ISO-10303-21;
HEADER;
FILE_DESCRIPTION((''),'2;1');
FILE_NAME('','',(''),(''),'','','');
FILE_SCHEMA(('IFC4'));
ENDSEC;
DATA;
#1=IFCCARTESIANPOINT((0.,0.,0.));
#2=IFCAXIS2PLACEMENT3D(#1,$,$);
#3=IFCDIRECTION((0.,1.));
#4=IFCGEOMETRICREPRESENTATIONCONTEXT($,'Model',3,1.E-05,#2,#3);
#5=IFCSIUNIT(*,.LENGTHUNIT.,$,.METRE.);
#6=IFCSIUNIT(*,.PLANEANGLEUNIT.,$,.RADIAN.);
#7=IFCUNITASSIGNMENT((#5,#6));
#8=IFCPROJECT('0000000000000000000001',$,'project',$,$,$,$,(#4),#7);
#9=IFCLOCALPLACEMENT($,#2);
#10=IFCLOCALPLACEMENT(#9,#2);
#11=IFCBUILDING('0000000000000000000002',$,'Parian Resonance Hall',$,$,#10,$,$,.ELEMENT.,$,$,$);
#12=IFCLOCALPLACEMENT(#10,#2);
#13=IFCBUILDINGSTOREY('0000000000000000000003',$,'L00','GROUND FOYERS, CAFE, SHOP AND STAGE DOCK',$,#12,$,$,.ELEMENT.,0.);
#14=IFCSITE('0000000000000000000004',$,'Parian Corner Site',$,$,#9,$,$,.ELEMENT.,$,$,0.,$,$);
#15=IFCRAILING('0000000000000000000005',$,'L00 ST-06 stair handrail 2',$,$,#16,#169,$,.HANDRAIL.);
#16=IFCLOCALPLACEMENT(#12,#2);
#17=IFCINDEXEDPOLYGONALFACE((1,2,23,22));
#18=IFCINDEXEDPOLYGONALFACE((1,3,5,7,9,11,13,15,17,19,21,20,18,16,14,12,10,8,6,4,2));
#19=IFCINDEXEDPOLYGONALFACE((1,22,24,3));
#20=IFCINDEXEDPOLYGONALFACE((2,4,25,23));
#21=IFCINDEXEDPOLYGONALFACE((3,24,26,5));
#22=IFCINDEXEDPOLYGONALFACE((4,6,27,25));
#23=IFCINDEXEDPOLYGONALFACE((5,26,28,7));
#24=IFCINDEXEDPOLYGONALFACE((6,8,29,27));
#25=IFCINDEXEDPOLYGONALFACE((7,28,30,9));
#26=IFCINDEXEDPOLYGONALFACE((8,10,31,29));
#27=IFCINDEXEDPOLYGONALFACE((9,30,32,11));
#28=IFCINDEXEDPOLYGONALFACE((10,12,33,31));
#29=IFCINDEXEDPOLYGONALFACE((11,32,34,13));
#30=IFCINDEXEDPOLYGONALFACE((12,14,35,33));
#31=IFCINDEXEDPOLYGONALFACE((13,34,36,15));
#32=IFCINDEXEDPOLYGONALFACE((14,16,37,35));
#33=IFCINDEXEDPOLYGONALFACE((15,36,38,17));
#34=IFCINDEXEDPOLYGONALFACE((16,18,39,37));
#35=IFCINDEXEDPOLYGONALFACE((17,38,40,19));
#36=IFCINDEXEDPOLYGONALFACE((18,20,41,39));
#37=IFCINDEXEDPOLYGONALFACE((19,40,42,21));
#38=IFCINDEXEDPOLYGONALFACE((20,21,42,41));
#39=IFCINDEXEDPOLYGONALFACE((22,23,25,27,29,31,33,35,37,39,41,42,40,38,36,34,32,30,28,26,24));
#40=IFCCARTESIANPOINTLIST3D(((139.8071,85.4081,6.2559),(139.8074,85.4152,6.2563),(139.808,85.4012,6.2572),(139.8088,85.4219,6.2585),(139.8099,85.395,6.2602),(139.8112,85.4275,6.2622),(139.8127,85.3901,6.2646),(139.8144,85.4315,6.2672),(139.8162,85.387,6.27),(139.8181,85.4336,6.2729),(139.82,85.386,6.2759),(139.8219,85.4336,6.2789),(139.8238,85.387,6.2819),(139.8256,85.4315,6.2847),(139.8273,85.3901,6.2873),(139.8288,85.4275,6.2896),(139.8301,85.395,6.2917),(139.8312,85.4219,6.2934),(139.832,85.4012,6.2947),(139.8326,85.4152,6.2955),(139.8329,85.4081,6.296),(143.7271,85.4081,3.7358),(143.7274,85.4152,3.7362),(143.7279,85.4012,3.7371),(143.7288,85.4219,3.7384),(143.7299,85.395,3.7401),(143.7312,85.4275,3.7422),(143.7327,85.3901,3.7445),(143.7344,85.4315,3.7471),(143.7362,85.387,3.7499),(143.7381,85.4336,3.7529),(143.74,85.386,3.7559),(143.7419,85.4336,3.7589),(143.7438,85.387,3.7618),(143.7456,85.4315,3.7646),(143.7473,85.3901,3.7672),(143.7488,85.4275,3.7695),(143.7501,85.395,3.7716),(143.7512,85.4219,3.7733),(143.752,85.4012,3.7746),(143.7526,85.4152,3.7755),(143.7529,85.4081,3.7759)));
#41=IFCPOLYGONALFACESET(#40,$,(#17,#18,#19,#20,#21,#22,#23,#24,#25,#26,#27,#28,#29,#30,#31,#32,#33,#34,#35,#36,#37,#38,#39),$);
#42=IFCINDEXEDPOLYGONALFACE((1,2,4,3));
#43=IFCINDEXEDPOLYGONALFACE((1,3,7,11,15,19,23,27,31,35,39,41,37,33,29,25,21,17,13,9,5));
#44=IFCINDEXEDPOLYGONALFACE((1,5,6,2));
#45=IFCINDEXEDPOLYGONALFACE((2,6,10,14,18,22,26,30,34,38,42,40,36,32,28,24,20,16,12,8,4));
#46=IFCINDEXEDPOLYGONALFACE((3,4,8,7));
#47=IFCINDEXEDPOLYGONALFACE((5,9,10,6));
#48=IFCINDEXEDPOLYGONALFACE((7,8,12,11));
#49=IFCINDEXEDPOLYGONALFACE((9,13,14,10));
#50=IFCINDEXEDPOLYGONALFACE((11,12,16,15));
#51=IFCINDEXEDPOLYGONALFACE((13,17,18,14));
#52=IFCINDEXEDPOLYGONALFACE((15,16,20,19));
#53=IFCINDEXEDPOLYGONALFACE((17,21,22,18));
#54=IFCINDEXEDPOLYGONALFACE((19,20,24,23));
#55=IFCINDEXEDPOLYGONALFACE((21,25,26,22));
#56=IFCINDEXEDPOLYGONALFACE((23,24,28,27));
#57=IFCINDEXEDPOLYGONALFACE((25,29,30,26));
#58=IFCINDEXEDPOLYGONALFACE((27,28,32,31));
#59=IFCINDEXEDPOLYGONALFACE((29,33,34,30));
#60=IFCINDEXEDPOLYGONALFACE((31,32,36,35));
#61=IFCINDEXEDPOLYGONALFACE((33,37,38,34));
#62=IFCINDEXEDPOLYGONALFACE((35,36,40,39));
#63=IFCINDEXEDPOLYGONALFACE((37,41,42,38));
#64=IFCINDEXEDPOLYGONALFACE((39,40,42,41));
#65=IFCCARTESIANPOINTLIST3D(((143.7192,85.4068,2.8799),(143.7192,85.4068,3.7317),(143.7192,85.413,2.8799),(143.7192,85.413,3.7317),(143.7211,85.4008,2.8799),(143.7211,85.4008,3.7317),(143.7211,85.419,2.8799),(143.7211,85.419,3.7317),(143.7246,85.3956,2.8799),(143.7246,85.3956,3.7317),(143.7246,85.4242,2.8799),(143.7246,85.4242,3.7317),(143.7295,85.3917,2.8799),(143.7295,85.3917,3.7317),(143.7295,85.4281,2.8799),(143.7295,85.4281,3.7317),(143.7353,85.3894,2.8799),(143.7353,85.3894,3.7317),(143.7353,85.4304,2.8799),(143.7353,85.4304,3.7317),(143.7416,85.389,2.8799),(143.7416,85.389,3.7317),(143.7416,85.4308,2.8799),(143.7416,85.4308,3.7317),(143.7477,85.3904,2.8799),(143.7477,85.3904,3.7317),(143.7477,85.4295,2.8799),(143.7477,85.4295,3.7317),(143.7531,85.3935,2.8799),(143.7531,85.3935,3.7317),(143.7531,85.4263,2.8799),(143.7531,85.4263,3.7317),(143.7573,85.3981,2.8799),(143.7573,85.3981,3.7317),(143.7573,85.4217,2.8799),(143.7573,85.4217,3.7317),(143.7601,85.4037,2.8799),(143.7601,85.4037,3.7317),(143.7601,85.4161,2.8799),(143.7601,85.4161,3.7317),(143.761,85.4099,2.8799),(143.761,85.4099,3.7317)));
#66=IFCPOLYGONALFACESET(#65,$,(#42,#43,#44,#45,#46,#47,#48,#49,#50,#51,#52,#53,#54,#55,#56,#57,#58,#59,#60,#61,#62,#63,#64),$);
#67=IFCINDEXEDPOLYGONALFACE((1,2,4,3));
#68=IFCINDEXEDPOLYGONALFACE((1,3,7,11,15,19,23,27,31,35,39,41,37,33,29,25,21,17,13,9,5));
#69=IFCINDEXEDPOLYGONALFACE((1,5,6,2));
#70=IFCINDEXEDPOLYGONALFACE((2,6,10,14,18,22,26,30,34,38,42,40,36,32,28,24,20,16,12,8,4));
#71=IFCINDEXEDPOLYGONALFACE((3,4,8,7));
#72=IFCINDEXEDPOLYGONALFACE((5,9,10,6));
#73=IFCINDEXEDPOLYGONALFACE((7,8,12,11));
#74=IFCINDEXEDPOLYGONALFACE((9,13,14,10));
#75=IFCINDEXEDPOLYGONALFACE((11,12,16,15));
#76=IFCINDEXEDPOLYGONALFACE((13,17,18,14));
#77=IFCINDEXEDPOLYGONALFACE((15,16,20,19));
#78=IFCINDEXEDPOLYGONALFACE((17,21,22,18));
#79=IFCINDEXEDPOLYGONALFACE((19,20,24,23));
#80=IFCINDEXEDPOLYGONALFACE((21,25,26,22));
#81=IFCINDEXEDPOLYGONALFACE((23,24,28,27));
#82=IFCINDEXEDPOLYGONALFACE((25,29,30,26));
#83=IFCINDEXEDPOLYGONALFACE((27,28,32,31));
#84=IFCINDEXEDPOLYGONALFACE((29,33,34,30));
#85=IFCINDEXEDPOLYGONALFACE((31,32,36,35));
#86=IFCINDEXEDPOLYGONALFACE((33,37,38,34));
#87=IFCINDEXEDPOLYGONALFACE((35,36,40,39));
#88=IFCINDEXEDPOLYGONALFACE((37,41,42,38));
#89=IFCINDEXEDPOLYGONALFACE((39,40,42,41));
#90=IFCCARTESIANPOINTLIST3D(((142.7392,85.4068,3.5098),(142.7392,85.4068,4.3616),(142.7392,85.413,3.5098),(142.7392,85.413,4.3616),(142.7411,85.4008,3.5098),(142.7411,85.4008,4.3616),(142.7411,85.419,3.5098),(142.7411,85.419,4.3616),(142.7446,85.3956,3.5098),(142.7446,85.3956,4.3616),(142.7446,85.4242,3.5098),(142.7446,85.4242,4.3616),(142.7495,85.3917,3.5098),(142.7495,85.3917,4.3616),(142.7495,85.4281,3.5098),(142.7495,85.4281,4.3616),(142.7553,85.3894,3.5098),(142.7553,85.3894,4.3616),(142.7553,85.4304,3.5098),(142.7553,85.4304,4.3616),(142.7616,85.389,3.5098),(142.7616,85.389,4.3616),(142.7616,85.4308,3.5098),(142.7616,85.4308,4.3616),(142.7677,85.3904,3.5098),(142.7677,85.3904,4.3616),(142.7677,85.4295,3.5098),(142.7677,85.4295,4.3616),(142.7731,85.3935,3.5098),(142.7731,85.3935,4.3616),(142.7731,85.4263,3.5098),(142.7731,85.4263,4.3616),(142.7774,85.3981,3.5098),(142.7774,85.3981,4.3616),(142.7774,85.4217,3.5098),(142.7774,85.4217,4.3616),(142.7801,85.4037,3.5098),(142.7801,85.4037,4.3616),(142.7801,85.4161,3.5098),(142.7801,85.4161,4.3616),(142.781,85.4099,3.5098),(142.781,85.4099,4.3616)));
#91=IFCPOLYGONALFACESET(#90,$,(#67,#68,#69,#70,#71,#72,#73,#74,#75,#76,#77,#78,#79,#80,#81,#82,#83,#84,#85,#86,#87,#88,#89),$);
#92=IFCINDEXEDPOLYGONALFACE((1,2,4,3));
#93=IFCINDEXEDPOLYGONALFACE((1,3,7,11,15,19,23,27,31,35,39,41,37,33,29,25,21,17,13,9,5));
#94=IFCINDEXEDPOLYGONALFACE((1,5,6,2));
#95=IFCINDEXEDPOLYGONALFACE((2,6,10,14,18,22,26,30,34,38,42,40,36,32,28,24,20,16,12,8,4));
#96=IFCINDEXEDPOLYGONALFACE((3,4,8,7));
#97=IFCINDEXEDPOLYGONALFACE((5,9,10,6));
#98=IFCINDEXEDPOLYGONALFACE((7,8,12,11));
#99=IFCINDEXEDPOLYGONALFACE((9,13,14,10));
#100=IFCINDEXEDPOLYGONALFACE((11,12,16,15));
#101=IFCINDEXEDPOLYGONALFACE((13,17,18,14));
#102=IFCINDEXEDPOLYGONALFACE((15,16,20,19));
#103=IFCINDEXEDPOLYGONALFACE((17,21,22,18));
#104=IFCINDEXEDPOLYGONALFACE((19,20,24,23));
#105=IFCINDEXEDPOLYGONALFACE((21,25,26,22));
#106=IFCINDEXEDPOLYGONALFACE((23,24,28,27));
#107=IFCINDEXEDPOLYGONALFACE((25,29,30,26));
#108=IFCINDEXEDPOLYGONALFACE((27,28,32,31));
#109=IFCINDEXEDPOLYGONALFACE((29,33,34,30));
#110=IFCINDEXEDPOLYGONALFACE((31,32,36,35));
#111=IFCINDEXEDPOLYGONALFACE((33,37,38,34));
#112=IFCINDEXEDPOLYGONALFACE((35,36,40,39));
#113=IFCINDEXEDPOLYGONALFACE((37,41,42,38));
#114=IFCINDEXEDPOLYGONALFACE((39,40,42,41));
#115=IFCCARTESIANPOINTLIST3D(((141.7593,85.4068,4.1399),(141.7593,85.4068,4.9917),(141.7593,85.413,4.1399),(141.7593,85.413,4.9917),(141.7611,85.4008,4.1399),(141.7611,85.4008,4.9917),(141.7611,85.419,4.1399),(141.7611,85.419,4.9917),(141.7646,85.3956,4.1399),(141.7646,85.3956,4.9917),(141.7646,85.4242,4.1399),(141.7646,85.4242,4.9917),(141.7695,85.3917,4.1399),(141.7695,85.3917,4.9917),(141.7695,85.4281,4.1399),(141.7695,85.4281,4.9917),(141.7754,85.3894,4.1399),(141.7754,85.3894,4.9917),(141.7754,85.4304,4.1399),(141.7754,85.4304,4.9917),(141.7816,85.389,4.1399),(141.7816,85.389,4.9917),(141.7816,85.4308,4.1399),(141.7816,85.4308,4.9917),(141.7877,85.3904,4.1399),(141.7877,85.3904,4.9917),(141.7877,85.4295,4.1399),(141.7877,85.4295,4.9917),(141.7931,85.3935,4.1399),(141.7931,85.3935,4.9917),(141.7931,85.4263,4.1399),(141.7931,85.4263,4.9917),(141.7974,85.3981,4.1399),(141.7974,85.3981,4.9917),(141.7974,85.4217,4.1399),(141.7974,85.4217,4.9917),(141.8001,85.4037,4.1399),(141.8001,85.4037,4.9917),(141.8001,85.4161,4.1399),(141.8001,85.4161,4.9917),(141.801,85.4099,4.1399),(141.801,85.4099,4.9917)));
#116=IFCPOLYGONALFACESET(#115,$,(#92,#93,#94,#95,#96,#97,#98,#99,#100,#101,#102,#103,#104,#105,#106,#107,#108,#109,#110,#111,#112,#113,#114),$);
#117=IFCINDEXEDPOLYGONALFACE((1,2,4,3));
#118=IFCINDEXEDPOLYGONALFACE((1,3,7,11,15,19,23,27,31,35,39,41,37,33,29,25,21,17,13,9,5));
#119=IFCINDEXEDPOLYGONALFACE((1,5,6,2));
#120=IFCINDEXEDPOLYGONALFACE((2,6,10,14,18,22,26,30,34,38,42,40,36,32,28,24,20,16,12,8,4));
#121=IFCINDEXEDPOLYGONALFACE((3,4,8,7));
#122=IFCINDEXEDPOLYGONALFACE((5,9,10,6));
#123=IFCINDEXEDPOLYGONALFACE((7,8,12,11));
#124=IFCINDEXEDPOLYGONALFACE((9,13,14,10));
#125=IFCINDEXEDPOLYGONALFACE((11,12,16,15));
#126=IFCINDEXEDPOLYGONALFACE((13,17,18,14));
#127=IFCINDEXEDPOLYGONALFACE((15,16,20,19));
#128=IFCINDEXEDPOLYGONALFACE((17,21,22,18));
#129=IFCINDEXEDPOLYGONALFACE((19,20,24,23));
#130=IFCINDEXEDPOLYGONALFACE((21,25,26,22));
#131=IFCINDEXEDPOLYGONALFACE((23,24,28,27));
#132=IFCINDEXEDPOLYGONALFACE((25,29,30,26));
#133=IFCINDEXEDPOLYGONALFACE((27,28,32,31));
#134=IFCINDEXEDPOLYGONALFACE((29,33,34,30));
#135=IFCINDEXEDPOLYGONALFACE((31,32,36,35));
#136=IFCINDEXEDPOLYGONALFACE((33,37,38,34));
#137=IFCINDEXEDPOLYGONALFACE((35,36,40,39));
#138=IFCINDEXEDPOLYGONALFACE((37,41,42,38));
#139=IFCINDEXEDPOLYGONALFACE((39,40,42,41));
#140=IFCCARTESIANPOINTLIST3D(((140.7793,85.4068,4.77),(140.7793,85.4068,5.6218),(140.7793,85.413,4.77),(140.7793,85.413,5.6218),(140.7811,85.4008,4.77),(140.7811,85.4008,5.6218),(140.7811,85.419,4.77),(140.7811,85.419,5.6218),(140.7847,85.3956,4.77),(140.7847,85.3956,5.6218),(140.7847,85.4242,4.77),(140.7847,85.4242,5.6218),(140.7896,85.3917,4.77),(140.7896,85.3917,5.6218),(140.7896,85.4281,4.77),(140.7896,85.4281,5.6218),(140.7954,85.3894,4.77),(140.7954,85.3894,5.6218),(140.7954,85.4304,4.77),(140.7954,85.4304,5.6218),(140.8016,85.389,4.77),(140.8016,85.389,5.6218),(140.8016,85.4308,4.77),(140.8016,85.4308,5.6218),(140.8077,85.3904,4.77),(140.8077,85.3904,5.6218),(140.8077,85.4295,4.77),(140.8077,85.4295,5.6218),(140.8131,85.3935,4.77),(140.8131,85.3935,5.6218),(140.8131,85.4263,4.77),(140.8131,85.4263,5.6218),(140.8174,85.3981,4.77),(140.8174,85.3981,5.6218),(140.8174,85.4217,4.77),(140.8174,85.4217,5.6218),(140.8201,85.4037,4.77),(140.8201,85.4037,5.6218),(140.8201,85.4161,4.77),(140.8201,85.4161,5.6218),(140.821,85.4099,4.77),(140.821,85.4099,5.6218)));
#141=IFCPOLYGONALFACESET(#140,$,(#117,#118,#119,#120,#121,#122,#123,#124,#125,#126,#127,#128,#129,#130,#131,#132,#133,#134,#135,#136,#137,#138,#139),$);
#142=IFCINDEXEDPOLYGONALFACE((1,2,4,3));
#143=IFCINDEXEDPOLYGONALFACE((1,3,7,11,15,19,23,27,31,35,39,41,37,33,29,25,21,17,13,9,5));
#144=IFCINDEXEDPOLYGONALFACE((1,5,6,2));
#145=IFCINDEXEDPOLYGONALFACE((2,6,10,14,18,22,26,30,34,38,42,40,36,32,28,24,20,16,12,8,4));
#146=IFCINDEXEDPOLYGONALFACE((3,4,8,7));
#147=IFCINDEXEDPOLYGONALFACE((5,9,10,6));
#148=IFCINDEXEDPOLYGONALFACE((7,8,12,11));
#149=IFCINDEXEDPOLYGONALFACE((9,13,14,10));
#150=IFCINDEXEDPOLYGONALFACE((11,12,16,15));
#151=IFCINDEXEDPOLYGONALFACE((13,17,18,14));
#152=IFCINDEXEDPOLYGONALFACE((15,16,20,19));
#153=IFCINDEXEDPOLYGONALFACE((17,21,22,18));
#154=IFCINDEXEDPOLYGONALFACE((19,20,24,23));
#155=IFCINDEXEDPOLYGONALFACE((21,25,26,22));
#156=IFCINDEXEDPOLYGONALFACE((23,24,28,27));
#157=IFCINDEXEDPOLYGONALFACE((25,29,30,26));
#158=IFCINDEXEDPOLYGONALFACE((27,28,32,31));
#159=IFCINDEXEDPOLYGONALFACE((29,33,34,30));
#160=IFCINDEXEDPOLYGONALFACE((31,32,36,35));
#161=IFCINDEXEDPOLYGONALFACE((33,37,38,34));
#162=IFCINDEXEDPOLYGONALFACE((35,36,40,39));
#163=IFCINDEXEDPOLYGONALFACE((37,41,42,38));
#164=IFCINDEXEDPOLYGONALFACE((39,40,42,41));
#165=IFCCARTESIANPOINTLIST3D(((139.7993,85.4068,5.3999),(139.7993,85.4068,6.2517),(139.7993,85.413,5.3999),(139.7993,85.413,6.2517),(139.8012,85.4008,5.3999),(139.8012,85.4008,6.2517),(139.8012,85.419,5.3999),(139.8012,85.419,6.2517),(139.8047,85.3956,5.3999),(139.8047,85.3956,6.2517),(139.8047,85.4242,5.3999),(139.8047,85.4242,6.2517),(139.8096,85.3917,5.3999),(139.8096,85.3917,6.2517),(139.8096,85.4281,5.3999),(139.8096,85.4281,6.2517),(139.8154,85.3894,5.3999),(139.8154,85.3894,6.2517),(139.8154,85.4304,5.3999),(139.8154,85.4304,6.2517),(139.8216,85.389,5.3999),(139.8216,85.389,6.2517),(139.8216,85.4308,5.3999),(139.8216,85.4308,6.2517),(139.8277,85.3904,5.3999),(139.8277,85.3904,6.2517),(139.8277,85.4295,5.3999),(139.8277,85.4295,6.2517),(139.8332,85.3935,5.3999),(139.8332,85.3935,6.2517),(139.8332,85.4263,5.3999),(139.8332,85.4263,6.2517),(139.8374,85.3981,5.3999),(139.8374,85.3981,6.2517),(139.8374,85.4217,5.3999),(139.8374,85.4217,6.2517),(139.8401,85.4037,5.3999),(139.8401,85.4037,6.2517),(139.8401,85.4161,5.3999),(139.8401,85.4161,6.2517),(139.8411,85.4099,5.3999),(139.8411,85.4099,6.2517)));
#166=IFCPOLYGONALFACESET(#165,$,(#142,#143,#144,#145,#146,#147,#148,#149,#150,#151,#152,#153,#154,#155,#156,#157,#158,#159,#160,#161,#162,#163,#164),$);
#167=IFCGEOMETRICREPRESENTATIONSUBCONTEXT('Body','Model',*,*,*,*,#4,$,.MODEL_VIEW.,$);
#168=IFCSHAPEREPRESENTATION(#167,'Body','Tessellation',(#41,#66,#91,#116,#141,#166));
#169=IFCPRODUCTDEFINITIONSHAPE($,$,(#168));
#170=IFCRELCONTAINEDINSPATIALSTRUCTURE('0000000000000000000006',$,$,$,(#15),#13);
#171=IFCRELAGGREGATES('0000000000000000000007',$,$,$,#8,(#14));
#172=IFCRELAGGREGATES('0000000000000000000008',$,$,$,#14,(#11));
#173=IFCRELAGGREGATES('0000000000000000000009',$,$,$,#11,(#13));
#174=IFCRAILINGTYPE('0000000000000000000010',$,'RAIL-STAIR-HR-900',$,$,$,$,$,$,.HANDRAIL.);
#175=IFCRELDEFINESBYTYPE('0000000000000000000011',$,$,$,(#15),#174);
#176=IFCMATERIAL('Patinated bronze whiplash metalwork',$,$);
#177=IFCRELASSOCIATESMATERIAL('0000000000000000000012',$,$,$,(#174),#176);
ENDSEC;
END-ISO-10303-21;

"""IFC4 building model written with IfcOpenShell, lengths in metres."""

from ifc_helpers import new_model, si_unit, direction, frame, origin, origin_2d, place, context, subcontext, project, spatial, circle, extrude, material, type_object, element, save


model = new_model("IFC4")

# Units and contexts
model_context = context("Model", 3, precision=1e-05, world=origin(), true_north=direction((0.0, 1.0)))
body_context = subcontext(model_context, "Body", "Model", "MODEL_VIEW")
ifc_project = project(units=[si_unit("LENGTHUNIT", "METRE"), si_unit("PLANEANGLEUNIT", "RADIAN")], contexts=[model_context])

# Site, building, storey
site_placement = place(None, origin())
site = spatial("IfcSite", under=ifc_project, at=site_placement, Name="Parian Corner Site", CompositionType="ELEMENT", RefElevation=0.0)
building_placement = place(site_placement, origin())
building = spatial("IfcBuilding", under=site, at=building_placement, Name="Parian Resonance Hall", CompositionType="ELEMENT")
storey_placement = place(building_placement, origin())
storey = spatial("IfcBuildingStorey", under=building, at=storey_placement, Name="L00", Description="GROUND FOYERS, CAFE, SHOP AND STAGE DOCK", CompositionType="ELEMENT", Elevation=0.0)

# Railing
ifc_material_1 = material(Name="Patinated bronze whiplash metalwork")
railing_type_1 = type_object("IfcRailingType", Name="RAIL-STAIR-HR-900", PredefinedType="HANDRAIL", material=ifc_material_1)
railing_1_placement = place(storey_placement, frame((143.74, 85.4099, 2.8799)))
element("IfcRailing", 1, at=railing_1_placement, inside=storey, type_object=railing_type_1, Name="L00 ST-06 stair handrail 2", PredefinedType="HANDRAIL", context=body_context, shape_type="SweptSolid", body=[
    extrude(circle(Radius=0.0239, at=origin_2d()), frame((0.0, 0.0, 0.876), z_axis=(-0.841172, 0.0, 0.540768), x_axis=(0.0, -1.0, 0.0)), (0.0, 0.0, 1.0), 4.6602),
    extrude(circle(Radius=0.021, at=origin_2d()), origin(), (0.0, 0.0, 1.0), 0.8518),
    extrude(circle(Radius=0.021, at=origin_2d()), frame((-0.98, 0.0, 0.6299)), (0.0, 0.0, 1.0), 0.8518),
    extrude(circle(Radius=0.021, at=origin_2d()), frame((-1.96, 0.0, 1.26)), (0.0, 0.0, 1.0), 0.8518),
    extrude(circle(Radius=0.021, at=origin_2d()), frame((-2.9399, 0.0, 1.8901)), (0.0, 0.0, 1.0), 0.8518),
    extrude(circle(Radius=0.021, at=origin_2d()), frame((-3.9199, 0.0, 2.52)), (0.0, 0.0, 1.0), 0.8518),
])

save(model, "model.ifc")
